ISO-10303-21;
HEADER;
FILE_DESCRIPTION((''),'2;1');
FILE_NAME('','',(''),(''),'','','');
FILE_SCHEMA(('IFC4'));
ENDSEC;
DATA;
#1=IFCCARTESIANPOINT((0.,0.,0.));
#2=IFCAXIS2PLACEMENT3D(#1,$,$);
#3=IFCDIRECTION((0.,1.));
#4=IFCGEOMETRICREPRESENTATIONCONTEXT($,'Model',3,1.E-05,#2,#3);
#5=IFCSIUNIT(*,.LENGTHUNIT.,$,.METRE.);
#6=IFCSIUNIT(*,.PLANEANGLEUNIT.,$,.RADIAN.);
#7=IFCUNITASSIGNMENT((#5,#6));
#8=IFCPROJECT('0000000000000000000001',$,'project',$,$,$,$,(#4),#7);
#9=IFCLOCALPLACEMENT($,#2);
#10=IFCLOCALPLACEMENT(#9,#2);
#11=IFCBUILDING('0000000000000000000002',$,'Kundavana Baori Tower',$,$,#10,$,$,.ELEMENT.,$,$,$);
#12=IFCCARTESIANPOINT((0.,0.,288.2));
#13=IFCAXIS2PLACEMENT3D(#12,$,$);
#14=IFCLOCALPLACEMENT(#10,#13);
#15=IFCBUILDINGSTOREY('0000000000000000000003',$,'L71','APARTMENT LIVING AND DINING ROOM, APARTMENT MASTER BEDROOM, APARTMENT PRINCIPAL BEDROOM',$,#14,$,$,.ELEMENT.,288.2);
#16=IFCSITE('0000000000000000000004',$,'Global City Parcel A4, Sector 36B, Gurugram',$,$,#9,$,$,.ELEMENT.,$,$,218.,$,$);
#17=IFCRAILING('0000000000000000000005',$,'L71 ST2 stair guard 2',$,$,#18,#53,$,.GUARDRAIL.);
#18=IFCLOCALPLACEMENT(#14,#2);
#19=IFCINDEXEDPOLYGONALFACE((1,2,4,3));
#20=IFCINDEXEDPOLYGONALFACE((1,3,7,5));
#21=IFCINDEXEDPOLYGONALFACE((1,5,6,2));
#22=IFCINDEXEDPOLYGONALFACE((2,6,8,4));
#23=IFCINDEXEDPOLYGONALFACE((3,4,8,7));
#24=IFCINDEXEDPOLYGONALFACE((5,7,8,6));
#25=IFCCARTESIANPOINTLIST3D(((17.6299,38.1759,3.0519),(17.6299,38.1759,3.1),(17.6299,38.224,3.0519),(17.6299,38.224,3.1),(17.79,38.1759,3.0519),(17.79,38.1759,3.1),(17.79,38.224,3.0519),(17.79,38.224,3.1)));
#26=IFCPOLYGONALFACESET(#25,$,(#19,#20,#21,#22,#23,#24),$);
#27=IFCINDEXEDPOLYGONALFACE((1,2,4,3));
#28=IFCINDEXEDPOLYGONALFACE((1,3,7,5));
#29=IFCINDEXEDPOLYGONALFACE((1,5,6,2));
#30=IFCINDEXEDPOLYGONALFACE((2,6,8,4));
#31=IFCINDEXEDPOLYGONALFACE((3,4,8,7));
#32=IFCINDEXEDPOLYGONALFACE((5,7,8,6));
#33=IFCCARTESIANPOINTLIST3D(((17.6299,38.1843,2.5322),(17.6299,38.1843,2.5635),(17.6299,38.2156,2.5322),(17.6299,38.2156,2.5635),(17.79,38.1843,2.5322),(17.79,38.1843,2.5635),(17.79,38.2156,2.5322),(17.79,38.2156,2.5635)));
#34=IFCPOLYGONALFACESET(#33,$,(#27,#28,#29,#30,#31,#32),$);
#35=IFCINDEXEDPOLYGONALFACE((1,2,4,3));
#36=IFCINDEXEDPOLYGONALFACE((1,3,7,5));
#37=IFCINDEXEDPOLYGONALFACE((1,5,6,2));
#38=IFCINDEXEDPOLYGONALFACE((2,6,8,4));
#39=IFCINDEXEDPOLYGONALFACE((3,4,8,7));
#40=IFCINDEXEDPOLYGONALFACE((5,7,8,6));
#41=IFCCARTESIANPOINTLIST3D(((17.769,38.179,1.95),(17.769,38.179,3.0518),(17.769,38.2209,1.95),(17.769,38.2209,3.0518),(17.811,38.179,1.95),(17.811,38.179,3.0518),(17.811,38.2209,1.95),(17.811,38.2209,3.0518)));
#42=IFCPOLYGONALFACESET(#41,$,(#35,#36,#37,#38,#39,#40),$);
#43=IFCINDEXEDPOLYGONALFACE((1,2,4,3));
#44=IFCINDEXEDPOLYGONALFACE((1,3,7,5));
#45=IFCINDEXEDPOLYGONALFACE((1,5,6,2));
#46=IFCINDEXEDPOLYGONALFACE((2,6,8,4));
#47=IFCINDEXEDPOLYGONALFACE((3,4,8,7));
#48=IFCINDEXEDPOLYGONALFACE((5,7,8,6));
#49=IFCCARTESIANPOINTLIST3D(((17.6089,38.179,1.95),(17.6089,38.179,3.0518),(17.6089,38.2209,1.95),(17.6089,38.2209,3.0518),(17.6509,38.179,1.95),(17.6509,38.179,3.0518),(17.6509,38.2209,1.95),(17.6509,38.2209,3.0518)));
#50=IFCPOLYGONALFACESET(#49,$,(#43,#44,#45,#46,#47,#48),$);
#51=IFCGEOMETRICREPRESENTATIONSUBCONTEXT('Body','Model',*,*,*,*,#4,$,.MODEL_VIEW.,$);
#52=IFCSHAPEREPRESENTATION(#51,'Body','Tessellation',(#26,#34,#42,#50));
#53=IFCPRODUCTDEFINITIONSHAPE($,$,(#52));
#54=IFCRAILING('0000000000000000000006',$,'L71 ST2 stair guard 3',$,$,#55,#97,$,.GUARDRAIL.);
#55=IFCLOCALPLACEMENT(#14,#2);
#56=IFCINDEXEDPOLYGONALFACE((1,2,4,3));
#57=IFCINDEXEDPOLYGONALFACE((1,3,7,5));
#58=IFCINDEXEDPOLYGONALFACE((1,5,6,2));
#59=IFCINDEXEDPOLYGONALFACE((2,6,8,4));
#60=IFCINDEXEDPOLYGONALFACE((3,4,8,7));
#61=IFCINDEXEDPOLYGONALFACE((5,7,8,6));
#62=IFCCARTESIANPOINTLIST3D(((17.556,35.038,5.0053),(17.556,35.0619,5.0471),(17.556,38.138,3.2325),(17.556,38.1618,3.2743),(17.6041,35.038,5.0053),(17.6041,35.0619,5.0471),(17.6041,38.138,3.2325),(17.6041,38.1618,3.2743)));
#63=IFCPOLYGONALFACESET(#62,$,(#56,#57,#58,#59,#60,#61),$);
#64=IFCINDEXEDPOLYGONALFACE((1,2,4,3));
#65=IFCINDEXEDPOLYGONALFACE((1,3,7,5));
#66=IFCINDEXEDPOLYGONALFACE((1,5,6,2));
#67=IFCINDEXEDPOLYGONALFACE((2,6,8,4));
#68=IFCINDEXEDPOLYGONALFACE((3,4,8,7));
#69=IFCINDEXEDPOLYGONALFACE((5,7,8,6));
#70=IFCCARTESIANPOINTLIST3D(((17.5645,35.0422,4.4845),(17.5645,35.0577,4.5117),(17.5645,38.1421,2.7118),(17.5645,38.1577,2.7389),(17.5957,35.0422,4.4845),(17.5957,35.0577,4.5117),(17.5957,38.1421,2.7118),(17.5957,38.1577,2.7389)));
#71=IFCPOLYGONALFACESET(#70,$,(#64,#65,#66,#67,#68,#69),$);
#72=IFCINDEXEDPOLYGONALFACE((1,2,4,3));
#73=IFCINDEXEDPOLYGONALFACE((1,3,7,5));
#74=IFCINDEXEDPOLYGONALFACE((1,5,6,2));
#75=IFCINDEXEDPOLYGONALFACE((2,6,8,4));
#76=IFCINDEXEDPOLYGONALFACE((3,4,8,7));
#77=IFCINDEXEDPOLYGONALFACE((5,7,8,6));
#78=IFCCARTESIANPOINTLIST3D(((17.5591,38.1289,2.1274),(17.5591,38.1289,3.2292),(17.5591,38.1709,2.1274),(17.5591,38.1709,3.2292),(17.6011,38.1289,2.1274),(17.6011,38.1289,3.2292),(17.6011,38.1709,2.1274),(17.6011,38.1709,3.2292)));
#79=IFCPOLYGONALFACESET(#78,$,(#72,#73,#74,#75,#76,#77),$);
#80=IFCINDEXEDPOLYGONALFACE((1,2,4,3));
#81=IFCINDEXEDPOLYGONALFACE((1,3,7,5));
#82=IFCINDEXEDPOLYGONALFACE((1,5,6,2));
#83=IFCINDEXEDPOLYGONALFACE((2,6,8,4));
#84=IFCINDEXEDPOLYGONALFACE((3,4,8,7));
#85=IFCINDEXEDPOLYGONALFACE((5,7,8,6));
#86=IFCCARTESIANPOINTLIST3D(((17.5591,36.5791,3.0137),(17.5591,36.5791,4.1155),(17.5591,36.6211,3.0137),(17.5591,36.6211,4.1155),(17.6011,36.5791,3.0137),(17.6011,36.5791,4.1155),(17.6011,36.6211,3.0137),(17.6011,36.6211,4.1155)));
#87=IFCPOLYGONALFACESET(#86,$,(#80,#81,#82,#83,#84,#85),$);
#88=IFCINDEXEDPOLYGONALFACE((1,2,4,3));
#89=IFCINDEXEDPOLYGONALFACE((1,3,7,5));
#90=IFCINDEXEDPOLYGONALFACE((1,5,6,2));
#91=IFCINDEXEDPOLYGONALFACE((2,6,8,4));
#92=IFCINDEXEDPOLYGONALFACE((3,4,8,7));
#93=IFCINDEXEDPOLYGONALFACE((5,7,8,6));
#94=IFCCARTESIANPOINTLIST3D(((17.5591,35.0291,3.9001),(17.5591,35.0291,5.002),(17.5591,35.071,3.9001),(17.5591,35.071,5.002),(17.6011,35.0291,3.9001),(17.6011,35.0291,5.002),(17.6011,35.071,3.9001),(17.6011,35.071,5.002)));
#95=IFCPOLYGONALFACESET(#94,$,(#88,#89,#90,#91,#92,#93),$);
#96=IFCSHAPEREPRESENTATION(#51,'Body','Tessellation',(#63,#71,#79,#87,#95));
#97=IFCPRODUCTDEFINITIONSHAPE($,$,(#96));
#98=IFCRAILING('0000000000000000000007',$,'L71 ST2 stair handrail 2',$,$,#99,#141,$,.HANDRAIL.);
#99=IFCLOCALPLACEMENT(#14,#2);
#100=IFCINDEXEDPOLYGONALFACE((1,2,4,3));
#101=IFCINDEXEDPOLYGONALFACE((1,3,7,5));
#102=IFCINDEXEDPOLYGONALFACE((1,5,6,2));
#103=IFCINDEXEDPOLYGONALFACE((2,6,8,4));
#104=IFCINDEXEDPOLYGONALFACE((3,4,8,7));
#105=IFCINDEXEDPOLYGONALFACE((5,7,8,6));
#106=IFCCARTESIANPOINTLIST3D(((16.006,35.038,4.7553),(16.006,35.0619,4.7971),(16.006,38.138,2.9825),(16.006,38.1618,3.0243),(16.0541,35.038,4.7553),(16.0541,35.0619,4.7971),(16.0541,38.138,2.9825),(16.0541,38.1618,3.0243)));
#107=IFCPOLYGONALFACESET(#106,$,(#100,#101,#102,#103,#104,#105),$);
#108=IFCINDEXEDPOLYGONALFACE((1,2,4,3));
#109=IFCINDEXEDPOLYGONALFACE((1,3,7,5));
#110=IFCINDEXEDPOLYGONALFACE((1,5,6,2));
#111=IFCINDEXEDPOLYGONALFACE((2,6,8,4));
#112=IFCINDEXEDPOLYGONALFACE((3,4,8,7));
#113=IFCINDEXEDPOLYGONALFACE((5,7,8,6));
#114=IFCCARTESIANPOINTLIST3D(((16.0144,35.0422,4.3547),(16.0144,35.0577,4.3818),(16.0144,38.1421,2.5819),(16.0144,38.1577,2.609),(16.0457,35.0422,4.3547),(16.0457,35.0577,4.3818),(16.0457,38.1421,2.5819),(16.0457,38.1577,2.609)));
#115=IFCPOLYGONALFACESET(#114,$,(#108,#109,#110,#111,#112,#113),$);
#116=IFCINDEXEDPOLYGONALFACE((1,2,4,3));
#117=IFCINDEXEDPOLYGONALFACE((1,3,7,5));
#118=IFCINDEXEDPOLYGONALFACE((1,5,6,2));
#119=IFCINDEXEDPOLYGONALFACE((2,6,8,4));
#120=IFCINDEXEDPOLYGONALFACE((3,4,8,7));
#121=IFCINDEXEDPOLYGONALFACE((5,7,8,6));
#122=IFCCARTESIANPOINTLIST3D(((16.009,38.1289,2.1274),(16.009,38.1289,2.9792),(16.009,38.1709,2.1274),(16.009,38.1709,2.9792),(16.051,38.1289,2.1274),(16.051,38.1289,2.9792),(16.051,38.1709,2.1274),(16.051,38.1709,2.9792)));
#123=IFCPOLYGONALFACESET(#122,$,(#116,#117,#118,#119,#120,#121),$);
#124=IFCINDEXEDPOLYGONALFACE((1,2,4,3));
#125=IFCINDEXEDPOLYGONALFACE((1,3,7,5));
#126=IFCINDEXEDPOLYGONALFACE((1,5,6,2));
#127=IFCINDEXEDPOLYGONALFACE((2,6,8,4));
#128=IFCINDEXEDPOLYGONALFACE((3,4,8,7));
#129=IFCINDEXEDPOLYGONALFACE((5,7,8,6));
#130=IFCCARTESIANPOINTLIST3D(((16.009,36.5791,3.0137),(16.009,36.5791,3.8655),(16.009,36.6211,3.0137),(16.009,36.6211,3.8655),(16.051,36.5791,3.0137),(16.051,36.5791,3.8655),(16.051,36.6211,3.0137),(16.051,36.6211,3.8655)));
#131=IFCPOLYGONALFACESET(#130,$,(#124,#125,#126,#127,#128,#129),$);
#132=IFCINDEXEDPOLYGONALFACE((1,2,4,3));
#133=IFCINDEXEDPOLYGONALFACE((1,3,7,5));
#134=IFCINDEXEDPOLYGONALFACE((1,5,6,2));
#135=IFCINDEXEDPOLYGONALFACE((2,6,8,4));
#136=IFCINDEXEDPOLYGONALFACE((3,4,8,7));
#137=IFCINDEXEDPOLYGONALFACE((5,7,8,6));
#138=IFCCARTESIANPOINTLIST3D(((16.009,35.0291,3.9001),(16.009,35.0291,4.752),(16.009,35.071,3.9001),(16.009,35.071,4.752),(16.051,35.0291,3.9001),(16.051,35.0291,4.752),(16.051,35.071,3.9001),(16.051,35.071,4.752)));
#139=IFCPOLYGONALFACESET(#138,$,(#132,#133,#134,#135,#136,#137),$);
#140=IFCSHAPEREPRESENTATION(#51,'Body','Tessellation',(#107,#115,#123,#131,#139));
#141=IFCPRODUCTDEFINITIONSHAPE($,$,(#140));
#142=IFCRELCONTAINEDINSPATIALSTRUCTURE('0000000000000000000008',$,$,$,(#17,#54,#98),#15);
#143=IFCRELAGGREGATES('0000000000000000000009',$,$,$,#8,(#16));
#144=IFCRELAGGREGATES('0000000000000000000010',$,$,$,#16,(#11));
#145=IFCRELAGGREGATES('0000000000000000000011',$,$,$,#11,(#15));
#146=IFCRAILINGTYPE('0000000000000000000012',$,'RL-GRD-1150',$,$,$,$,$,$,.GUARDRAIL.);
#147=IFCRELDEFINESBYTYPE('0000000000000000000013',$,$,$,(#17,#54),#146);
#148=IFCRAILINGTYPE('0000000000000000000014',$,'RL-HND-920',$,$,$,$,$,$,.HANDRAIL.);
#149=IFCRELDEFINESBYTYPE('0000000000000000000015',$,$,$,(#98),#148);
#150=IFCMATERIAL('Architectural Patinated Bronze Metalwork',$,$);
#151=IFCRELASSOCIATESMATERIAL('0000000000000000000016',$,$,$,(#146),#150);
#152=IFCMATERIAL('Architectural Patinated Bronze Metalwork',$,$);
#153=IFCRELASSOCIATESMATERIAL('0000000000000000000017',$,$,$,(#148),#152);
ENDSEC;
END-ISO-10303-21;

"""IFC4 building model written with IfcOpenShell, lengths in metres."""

from ifc_helpers import new_model, si_unit, direction, frame, origin, origin_2d, place, context, subcontext, project, spatial, rectangle, extrude, material, type_object, element, save


model = new_model("IFC4")

# Units and contexts
model_context = context("Model", 3, precision=1e-05, world=origin(), true_north=direction((0.0, 1.0)))
body_context = subcontext(model_context, "Body", "Model", "MODEL_VIEW")
ifc_project = project(units=[si_unit("LENGTHUNIT", "METRE"), si_unit("PLANEANGLEUNIT", "RADIAN")], contexts=[model_context])

# Site, building, storey
site_placement = place(None, origin())
site = spatial("IfcSite", under=ifc_project, at=site_placement, Name="Global City Parcel A4, Sector 36B, Gurugram", CompositionType="ELEMENT", RefElevation=218.0)
building_placement = place(site_placement, origin())
building = spatial("IfcBuilding", under=site, at=building_placement, Name="Kundavana Baori Tower", CompositionType="ELEMENT")
storey_placement = place(building_placement, frame((0.0, 0.0, 288.2)))
storey = spatial("IfcBuildingStorey", under=building, at=storey_placement, Name="L71", Description="APARTMENT LIVING AND DINING ROOM, APARTMENT MASTER BEDROOM, APARTMENT PRINCIPAL BEDROOM", CompositionType="ELEMENT", Elevation=288.2)

# Railings
ifc_material_1 = material(Name="Architectural Patinated Bronze Metalwork")
railing_type_1 = type_object("IfcRailingType", Name="RL-GRD-1150", PredefinedType="GUARDRAIL", material=ifc_material_1)
railing_1_placement = place(storey_placement, frame((17.79, 38.2, 1.95)))
element("IfcRailing", 1, at=railing_1_placement, inside=storey, type_object=railing_type_1, Name="L71 ST2 stair guard 2", PredefinedType="GUARDRAIL", context=body_context, shape_type="SweptSolid", body=[
    extrude(rectangle(XDim=0.0481, YDim=0.0481, at=origin_2d()), frame((0.0, 0.0, 1.126), z_axis=(-1.0, 0.0, 0.0), x_axis=(0.0, -1.0, 0.0)), (0.0, 0.0, 1.0), 0.1602),
    extrude(rectangle(XDim=0.0312, YDim=0.0312, at=origin_2d()), frame((0.0, 0.0, 0.5979), z_axis=(-1.0, 0.0, 0.0), x_axis=(0.0, -1.0, 0.0)), (0.0, 0.0, 1.0), 0.1602),
    extrude(rectangle(XDim=0.042, YDim=0.042, at=origin_2d()), origin(), (0.0, 0.0, 1.0), 1.1018),
    extrude(rectangle(XDim=0.042, YDim=0.042, at=origin_2d()), frame((-0.1602, 0.0, 0.0)), (0.0, 0.0, 1.0), 1.1018),
])
railing_2_placement = place(storey_placement, frame((17.5801, 38.1499, 2.1274)))
element("IfcRailing", 2, at=railing_2_placement, inside=storey, type_object=railing_type_1, Name="L71 ST2 stair guard 3", PredefinedType="GUARDRAIL", context=body_context, shape_type="SweptSolid", body=[
    extrude(rectangle(XDim=0.0481, YDim=0.0481, at=origin_2d()), frame((0.0, 0.0, 1.126), z_axis=(0.0, -0.868079, 0.496426), x_axis=(1.0, 0.0, 0.0)), (0.0, 0.0, 1.0), 3.571),
    extrude(rectangle(XDim=0.0312, YDim=0.0312, at=origin_2d()), frame((0.0, 0.0, 0.5979), z_axis=(0.0, -0.868079, 0.496426), x_axis=(1.0, 0.0, 0.0)), (0.0, 0.0, 1.0), 3.571),
    extrude(rectangle(XDim=0.042, YDim=0.042, at=origin_2d()), origin(), (0.0, 0.0, 1.0), 1.1018),
    extrude(rectangle(XDim=0.042, YDim=0.042, at=origin_2d()), frame((0.0, -1.5498, 0.8862)), (0.0, 0.0, 1.0), 1.1018),
    extrude(rectangle(XDim=0.042, YDim=0.042, at=origin_2d()), frame((0.0, -3.0999, 1.7727)), (0.0, 0.0, 1.0), 1.1018),
])
ifc_material_2 = material(Name="Architectural Patinated Bronze Metalwork")
railing_type_2 = type_object("IfcRailingType", Name="RL-HND-920", PredefinedType="HANDRAIL", material=ifc_material_2)
railing_3_placement = place(storey_placement, frame((16.03, 38.1499, 2.1274)))
element("IfcRailing", 3, at=railing_3_placement, inside=storey, type_object=railing_type_2, Name="L71 ST2 stair handrail 2", PredefinedType="HANDRAIL", context=body_context, shape_type="SweptSolid", body=[
    extrude(rectangle(XDim=0.0481, YDim=0.0481, at=origin_2d()), frame((0.0, 0.0, 0.876), z_axis=(0.0, -0.868079, 0.496426), x_axis=(1.0, 0.0, 0.0)), (0.0, 0.0, 1.0), 3.571),
    extrude(rectangle(XDim=0.0312, YDim=0.0312, at=origin_2d()), frame((0.0, 0.0, 0.468), z_axis=(0.0, -0.868079, 0.496426), x_axis=(1.0, 0.0, 0.0)), (0.0, 0.0, 1.0), 3.571),
    extrude(rectangle(XDim=0.042, YDim=0.042, at=origin_2d()), origin(), (0.0, 0.0, 1.0), 0.8518),
    extrude(rectangle(XDim=0.042, YDim=0.042, at=origin_2d()), frame((0.0, -1.5498, 0.8862)), (0.0, 0.0, 1.0), 0.8518),
    extrude(rectangle(XDim=0.042, YDim=0.042, at=origin_2d()), frame((0.0, -3.0999, 1.7727)), (0.0, 0.0, 1.0), 0.8518),
])

save(model, "model.ifc")
